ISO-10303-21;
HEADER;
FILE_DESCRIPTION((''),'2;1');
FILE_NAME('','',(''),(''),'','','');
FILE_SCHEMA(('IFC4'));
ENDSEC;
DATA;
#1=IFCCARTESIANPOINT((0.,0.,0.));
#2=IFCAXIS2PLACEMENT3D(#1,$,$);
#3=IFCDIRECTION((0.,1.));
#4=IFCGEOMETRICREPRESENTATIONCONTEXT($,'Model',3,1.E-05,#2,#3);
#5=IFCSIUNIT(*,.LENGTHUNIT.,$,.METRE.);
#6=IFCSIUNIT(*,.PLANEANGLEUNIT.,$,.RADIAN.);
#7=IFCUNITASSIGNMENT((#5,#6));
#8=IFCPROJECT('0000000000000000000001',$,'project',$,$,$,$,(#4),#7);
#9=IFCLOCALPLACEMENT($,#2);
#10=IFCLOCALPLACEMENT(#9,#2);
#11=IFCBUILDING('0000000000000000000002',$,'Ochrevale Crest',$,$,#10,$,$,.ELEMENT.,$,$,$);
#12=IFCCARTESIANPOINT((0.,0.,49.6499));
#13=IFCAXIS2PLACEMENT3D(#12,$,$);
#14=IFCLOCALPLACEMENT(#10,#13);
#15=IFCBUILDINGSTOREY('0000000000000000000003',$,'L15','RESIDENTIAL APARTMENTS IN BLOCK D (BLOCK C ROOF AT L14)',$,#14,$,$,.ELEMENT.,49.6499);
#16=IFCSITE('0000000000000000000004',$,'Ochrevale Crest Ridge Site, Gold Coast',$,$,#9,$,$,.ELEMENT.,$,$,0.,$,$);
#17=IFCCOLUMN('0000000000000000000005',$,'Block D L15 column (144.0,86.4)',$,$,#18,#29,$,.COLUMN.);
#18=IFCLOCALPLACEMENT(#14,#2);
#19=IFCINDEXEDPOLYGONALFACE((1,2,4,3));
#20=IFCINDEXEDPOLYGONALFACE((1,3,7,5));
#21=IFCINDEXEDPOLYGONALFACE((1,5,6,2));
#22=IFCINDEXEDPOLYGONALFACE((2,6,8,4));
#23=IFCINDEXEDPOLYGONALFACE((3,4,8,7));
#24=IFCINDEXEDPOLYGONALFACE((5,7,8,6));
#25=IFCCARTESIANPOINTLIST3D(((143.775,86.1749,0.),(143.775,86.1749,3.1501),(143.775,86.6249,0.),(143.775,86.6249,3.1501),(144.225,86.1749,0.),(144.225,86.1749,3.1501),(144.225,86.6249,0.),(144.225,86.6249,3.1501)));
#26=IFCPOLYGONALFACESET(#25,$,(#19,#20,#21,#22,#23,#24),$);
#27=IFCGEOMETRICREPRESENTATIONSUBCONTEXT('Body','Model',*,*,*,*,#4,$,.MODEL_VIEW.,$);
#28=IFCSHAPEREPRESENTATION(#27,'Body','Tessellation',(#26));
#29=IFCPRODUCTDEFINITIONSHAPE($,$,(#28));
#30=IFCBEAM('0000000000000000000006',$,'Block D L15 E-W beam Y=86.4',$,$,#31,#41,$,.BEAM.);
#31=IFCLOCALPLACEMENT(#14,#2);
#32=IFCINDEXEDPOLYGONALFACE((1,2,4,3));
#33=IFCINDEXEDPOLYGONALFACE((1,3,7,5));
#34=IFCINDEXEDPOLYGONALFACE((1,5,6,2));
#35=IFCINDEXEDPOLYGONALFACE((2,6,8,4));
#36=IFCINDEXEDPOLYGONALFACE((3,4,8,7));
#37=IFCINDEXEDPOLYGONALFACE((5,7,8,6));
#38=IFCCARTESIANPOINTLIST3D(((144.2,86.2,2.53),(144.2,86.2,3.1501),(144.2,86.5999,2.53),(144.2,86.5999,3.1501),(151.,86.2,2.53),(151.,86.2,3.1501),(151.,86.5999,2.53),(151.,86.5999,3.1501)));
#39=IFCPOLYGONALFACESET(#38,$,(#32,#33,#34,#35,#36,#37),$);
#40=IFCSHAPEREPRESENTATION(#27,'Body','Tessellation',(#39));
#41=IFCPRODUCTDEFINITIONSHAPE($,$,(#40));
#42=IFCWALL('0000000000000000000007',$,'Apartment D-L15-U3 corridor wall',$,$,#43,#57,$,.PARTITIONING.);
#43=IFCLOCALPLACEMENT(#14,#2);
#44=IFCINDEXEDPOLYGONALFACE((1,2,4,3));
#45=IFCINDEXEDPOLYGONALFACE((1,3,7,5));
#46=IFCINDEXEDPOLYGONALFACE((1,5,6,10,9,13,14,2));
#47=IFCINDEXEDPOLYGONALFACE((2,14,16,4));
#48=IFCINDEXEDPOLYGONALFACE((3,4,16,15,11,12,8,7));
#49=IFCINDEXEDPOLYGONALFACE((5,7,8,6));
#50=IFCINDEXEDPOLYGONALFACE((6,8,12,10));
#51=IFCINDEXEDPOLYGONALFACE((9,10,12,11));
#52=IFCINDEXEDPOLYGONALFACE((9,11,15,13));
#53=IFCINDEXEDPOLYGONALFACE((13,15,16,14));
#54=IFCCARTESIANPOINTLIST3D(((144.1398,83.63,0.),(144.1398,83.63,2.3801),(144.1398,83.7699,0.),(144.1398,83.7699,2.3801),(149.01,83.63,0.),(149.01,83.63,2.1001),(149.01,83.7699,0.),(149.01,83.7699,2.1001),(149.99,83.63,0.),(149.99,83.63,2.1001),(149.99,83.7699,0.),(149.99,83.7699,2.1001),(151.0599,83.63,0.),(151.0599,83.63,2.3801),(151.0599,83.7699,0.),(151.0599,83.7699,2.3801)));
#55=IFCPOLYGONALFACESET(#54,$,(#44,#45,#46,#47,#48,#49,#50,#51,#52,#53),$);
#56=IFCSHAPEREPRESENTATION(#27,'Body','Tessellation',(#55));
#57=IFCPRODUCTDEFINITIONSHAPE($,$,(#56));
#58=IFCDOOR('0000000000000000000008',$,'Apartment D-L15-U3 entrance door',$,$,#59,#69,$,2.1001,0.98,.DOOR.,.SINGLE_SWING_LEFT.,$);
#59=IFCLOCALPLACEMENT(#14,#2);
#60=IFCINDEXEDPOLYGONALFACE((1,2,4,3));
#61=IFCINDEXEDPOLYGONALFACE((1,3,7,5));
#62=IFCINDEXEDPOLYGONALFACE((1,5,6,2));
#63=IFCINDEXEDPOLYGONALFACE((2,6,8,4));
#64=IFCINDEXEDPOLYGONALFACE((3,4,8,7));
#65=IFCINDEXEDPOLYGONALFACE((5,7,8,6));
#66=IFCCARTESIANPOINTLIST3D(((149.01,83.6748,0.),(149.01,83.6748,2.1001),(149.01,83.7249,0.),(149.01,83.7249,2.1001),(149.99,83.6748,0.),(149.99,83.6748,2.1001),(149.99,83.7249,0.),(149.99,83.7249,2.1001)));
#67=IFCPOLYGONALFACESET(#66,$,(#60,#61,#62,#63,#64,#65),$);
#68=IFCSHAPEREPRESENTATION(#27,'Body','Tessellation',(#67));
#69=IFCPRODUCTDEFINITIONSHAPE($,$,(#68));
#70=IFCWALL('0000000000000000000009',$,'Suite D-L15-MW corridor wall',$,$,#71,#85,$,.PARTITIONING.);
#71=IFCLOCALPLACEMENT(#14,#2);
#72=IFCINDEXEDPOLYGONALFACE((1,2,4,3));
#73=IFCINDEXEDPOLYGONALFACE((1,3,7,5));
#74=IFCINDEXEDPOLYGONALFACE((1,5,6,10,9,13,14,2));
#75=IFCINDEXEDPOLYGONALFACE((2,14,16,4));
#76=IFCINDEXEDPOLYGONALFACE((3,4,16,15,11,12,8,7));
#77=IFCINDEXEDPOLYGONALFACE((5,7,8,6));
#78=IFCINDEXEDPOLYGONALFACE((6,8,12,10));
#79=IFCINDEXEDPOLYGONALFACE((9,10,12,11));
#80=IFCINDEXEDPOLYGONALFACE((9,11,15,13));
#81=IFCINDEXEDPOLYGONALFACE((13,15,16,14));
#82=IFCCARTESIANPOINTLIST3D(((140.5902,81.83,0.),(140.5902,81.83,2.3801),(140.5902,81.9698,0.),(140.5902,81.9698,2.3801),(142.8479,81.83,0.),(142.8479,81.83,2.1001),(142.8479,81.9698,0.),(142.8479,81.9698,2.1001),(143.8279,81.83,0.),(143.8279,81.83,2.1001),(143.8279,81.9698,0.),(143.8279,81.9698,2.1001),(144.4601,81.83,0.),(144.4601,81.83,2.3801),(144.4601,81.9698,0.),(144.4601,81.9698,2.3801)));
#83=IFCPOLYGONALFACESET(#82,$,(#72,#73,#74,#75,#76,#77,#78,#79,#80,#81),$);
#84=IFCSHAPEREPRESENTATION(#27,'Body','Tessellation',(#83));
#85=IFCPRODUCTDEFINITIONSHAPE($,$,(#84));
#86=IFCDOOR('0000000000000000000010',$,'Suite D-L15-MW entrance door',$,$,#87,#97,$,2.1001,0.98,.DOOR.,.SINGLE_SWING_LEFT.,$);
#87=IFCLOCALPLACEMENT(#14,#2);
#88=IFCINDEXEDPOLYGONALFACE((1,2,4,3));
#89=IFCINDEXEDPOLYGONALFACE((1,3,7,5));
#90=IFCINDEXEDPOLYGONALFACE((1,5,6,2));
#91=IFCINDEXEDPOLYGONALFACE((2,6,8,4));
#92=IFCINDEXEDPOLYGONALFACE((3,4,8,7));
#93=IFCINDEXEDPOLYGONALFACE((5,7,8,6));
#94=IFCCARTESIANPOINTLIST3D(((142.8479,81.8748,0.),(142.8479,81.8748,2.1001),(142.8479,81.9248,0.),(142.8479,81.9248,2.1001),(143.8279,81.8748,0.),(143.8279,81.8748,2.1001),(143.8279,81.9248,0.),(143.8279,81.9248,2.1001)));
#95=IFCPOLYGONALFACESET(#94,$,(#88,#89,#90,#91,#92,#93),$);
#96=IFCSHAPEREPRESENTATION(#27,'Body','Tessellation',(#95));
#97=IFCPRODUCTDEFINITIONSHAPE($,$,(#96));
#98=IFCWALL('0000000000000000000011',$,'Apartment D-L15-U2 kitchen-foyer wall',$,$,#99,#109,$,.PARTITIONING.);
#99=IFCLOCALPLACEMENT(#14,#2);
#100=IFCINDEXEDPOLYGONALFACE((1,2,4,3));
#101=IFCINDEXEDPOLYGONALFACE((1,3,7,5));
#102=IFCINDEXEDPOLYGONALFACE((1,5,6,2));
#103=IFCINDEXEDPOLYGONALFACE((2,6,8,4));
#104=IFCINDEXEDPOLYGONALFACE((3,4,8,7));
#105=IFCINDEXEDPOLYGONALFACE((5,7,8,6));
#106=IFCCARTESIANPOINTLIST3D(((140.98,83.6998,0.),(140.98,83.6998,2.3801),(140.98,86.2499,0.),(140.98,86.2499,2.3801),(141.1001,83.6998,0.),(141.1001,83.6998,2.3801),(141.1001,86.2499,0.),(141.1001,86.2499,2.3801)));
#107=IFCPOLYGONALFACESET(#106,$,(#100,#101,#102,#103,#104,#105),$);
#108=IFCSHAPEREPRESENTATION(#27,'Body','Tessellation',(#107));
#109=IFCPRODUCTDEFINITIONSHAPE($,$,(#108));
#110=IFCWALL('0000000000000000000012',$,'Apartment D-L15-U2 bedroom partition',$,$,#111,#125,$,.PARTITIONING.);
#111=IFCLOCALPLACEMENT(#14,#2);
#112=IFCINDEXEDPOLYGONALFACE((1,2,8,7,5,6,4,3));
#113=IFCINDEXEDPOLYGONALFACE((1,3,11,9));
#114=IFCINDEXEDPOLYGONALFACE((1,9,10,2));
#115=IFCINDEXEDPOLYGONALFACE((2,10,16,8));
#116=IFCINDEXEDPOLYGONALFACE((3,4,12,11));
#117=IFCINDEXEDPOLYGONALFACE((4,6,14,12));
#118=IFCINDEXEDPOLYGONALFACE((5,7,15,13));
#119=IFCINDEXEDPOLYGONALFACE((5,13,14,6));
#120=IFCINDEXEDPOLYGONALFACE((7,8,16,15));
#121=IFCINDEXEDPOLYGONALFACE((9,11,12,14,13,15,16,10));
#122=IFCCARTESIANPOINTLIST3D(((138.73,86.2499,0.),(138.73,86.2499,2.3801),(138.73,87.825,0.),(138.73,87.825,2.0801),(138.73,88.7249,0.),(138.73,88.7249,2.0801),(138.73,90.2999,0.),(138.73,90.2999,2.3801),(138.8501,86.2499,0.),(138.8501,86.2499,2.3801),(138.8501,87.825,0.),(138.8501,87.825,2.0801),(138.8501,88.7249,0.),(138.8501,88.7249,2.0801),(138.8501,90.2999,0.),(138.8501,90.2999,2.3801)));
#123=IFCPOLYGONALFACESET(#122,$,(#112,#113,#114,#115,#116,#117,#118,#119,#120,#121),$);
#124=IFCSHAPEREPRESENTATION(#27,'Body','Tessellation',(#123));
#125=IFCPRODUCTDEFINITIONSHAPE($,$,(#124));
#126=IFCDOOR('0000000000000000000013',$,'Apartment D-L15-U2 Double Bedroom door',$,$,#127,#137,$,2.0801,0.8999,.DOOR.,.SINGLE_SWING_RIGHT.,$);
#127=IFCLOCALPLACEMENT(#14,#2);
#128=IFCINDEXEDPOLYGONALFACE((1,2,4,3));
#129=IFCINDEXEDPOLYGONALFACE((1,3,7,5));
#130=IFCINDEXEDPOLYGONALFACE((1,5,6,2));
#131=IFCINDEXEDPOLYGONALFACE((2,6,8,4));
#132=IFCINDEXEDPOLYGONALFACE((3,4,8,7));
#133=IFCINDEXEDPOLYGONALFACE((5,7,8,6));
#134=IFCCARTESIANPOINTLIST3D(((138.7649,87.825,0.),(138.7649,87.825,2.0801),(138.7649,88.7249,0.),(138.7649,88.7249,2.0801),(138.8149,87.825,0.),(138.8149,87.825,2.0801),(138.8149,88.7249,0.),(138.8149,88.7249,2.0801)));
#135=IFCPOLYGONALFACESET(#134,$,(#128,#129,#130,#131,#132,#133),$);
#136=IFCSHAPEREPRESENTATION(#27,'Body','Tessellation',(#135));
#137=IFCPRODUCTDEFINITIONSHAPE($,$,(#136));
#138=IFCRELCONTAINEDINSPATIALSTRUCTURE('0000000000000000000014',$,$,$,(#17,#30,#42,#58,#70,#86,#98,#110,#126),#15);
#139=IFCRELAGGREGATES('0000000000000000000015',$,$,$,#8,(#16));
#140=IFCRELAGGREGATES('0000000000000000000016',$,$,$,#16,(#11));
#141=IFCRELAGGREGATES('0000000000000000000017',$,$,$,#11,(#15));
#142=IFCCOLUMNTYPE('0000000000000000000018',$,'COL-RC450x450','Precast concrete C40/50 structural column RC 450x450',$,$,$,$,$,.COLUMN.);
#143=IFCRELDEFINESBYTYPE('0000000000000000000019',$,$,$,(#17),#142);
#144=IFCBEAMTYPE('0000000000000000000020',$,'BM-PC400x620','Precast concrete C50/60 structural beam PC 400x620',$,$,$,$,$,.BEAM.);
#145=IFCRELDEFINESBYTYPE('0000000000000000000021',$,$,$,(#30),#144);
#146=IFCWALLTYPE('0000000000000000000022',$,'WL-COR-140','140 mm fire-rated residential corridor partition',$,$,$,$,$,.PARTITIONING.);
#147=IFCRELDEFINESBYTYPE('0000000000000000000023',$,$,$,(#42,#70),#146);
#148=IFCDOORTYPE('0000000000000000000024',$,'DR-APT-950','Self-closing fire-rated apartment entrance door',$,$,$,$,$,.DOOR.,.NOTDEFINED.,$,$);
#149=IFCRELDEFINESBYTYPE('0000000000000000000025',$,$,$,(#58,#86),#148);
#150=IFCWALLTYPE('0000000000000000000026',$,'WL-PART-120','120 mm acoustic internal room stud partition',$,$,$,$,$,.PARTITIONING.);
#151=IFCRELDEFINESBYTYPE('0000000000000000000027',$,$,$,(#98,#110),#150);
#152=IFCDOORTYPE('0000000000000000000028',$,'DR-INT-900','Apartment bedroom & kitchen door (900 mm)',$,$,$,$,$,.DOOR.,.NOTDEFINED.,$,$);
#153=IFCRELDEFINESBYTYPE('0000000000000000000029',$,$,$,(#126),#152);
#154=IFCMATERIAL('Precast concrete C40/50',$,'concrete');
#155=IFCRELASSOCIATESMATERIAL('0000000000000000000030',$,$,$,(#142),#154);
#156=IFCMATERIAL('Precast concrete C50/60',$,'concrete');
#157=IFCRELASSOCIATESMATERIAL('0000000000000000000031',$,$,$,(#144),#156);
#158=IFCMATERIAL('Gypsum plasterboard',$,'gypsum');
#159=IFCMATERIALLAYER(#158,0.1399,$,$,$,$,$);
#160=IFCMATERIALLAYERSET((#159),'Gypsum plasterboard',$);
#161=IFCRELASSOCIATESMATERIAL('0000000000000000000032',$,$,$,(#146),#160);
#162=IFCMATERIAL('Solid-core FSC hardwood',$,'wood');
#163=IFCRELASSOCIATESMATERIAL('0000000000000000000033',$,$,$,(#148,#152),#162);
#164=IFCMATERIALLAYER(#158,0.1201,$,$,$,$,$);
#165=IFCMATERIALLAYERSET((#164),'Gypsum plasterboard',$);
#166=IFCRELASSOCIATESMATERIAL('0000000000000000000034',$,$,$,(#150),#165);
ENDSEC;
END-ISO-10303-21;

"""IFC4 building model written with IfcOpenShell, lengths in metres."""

from ifc_helpers import new_model, si_unit, direction, frame, frame_2d, origin, origin_2d, place, context, subcontext, project, spatial, rectangle, extrude, material, layer, layer_set, material_profile, profile_set, type_object, element, fill, save


model = new_model("IFC4")

# Units and contexts
model_context = context("Model", 3, precision=1e-05, world=origin(), true_north=direction((0.0, 1.0)))
body_context = subcontext(model_context, "Body", "Model", "MODEL_VIEW")
ifc_project = project(units=[si_unit("LENGTHUNIT", "METRE"), si_unit("PLANEANGLEUNIT", "RADIAN")], contexts=[model_context])

# Site, building, storey
site_placement = place(None, origin())
site = spatial("IfcSite", under=ifc_project, at=site_placement, Name="Ochrevale Crest Ridge Site, Gold Coast", CompositionType="ELEMENT", RefElevation=0.0)
building_placement = place(site_placement, origin())
building = spatial("IfcBuilding", under=site, at=building_placement, Name="Ochrevale Crest", CompositionType="ELEMENT")
storey_placement = place(building_placement, frame((0.0, 0.0, 49.6499)))
storey = spatial("IfcBuildingStorey", under=building, at=storey_placement, Name="L15", Description="RESIDENTIAL APARTMENTS IN BLOCK D (BLOCK C ROOF AT L14)", CompositionType="ELEMENT", Elevation=49.6499)

# Column
ifc_material_1 = material(Name="Precast concrete C40/50", Category="concrete")
ifc_material_profile_1 = material_profile(ifc_material_1, rectangle(XDim=0.45, YDim=0.45, at=origin_2d()), Name="RC 450x450")
ifc_profile_set_1 = profile_set([ifc_material_profile_1], Name="Precast concrete C40/50")
column_type = type_object("IfcColumnType", Name="COL-RC450x450", Description="Precast concrete C40/50 structural column RC 450x450", PredefinedType="COLUMN", material=ifc_profile_set_1)
column_placement = place(storey_placement, frame((144.0, 86.3999, 0.0), z_axis=(0.0, 0.0, 1.0), x_axis=(1.0, 0.0, 0.0)))
element("IfcColumn", 1, at=column_placement, inside=storey, type_object=column_type, Name="Block D L15 column (144.0,86.4)", PredefinedType="COLUMN", context=body_context, shape_type="SweptSolid", body=[
    extrude(rectangle(XDim=0.45, YDim=0.45, at=origin_2d()), origin(), (0.0, 0.0, 1.0), 3.1501),
])

# Beam
ifc_material_2 = material(Name="Precast concrete C50/60", Category="concrete")
ifc_material_profile_2 = material_profile(ifc_material_2, rectangle(XDim=0.3999, YDim=0.6201, at=origin_2d()), Name="PC 400x620")
ifc_profile_set_2 = profile_set([ifc_material_profile_2], Name="Precast concrete C50/60")
beam_type = type_object("IfcBeamType", Name="BM-PC400x620", Description="Precast concrete C50/60 structural beam PC 400x620", PredefinedType="BEAM", material=ifc_profile_set_2)
beam_placement = place(storey_placement, frame((144.2, 86.3999, 2.8401), z_axis=(1.0, 0.0, 0.0), x_axis=(0.0, 1.0, 0.0)))
element("IfcBeam", 2, at=beam_placement, inside=storey, type_object=beam_type, Name="Block D L15 E-W beam Y=86.4", PredefinedType="BEAM", context=body_context, shape_type="SweptSolid", body=[
    extrude(rectangle(XDim=0.3999, YDim=0.6201, at=origin_2d()), origin(), (0.0, 0.0, 1.0), 6.8),
])

# Walls, openings, doors
ifc_material_3 = material(Name="Gypsum plasterboard", Category="gypsum")
ifc_layer_1 = layer(ifc_material_3, 0.1399)
ifc_layer_set_1 = layer_set([ifc_layer_1], Name="Gypsum plasterboard")
wall_type_1 = type_object("IfcWallType", Name="WL-COR-140", Description="140 mm fire-rated residential corridor partition", PredefinedType="PARTITIONING", material=ifc_layer_set_1)
wall_1_placement = place(storey_placement, frame((144.1399, 83.7, 0.0), z_axis=(0.0, 0.0, 1.0), x_axis=(1.0, 0.0, 0.0)))
wall_1 = element("IfcWall", 3, at=wall_1_placement, inside=storey, type_object=wall_type_1, Name="Apartment D-L15-U3 corridor wall", PredefinedType="PARTITIONING", context=body_context, shape_type="SweptSolid", body=[
    extrude(rectangle(XDim=6.9202, YDim=0.1399, at=frame_2d((3.46, 0.0))), origin(), (0.0, 0.0, 1.0), 2.3801),
])
opening_1_placement = place(wall_1_placement, frame((4.8701, 0.0, 0.0)))
opening_1 = element("IfcOpeningElement", 4, at=opening_1_placement, cuts=wall_1, PredefinedType="OPENING", context=body_context, shape_type="SweptSolid", body=[
    extrude(rectangle(XDim=0.98, YDim=2.1001, at=frame_2d((0.49, 1.05))), frame((0.0, 0.0801, 0.0), z_axis=(0.0, -1.0, 0.0), x_axis=(1.0, 0.0, 0.0)), (0.0, 0.0, 1.0), 0.1599),
])
ifc_material_4 = material(Name="Solid-core FSC hardwood", Category="wood")
door_type_1 = type_object("IfcDoorType", Name="DR-APT-950", Description="Self-closing fire-rated apartment entrance door", OperationType="NOTDEFINED", PredefinedType="DOOR", material=ifc_material_4)
door_1_placement = place(opening_1_placement, origin())
door_1 = element("IfcDoor", 5, at=door_1_placement, inside=storey, type_object=door_type_1, Name="Apartment D-L15-U3 entrance door", OperationType="SINGLE_SWING_LEFT", OverallHeight=2.1001, OverallWidth=0.98, PredefinedType="DOOR", context=body_context, shape_type="SweptSolid", body=[
    extrude(rectangle(XDim=0.98, YDim=2.1001, at=frame_2d((0.49, 1.05))), frame((0.0, 0.0249, 0.0), z_axis=(0.0, -1.0, 0.0), x_axis=(1.0, 0.0, 0.0)), (0.0, 0.0, 1.0), 0.05),
])
fill(opening_1, door_1)
wall_2_placement = place(storey_placement, frame((140.5901, 81.8999, 0.0), z_axis=(0.0, 0.0, 1.0), x_axis=(1.0, 0.0, 0.0)))
wall_2 = element("IfcWall", 6, at=wall_2_placement, inside=storey, type_object=wall_type_1, Name="Suite D-L15-MW corridor wall", PredefinedType="PARTITIONING", context=body_context, shape_type="SweptSolid", body=[
    extrude(rectangle(XDim=3.8699, YDim=0.1399, at=frame_2d((1.9351, 0.0))), origin(), (0.0, 0.0, 1.0), 2.3801),
])
opening_2_placement = place(wall_2_placement, frame((2.2578, 0.0, 0.0)))
opening_2 = element("IfcOpeningElement", 7, at=opening_2_placement, cuts=wall_2, PredefinedType="OPENING", context=body_context, shape_type="SweptSolid", body=[
    extrude(rectangle(XDim=0.98, YDim=2.1001, at=frame_2d((0.49, 1.05))), frame((0.0, 0.0801, 0.0), z_axis=(0.0, -1.0, 0.0), x_axis=(1.0, 0.0, 0.0)), (0.0, 0.0, 1.0), 0.1599),
])
door_2_placement = place(opening_2_placement, origin())
door_2 = element("IfcDoor", 8, at=door_2_placement, inside=storey, type_object=door_type_1, Name="Suite D-L15-MW entrance door", OperationType="SINGLE_SWING_LEFT", OverallHeight=2.1001, OverallWidth=0.98, PredefinedType="DOOR", context=body_context, shape_type="SweptSolid", body=[
    extrude(rectangle(XDim=0.98, YDim=2.1001, at=frame_2d((0.49, 1.05))), frame((0.0, 0.0249, 0.0), z_axis=(0.0, -1.0, 0.0), x_axis=(1.0, 0.0, 0.0)), (0.0, 0.0, 1.0), 0.05),
])
fill(opening_2, door_2)

# Wall
ifc_layer_2 = layer(ifc_material_3, 0.1201)
ifc_layer_set_2 = layer_set([ifc_layer_2], Name="Gypsum plasterboard")
wall_type_2 = type_object("IfcWallType", Name="WL-PART-120", Description="120 mm acoustic internal room stud partition", PredefinedType="PARTITIONING", material=ifc_layer_set_2)
wall_3_placement = place(storey_placement, frame((141.04, 83.7, 0.0), z_axis=(0.0, 0.0, 1.0), x_axis=(0.0, 1.0, 0.0)))
element("IfcWall", 9, at=wall_3_placement, inside=storey, type_object=wall_type_2, Name="Apartment D-L15-U2 kitchen-foyer wall", PredefinedType="PARTITIONING", context=body_context, shape_type="SweptSolid", body=[
    extrude(rectangle(XDim=2.55, YDim=0.1201, at=frame_2d((1.2749, 0.0))), origin(), (0.0, 0.0, 1.0), 2.3801),
])

# Wall, opening, door
wall_4_placement = place(storey_placement, frame((138.79, 86.25, 0.0), z_axis=(0.0, 0.0, 1.0), x_axis=(0.0, 1.0, 0.0)))
wall_4 = element("IfcWall", 10, at=wall_4_placement, inside=storey, type_object=wall_type_2, Name="Apartment D-L15-U2 bedroom partition", PredefinedType="PARTITIONING", context=body_context, shape_type="SweptSolid", body=[
    extrude(rectangle(XDim=4.05, YDim=0.1201, at=frame_2d((2.0249, 0.0))), origin(), (0.0, 0.0, 1.0), 2.3801),
])
opening_3_placement = place(wall_4_placement, frame((2.4749, 0.0, 0.0), z_axis=(0.0, 0.0, 1.0), x_axis=(-1.0, 0.0, 0.0)))
opening_3 = element("IfcOpeningElement", 11, at=opening_3_placement, cuts=wall_4, PredefinedType="OPENING", context=body_context, shape_type="SweptSolid", body=[
    extrude(rectangle(XDim=0.8999, YDim=2.0801, at=frame_2d((0.45, 1.04))), frame((0.0, 0.0701, 0.0), z_axis=(0.0, -1.0, 0.0), x_axis=(1.0, 0.0, 0.0)), (0.0, 0.0, 1.0), 0.1401),
])
door_type_2 = type_object("IfcDoorType", Name="DR-INT-900", Description="Apartment bedroom & kitchen door (900 mm)", OperationType="NOTDEFINED", PredefinedType="DOOR", material=ifc_material_4)
door_3_placement = place(opening_3_placement, origin())
door_3 = element("IfcDoor", 12, at=door_3_placement, inside=storey, type_object=door_type_2, Name="Apartment D-L15-U2 Double Bedroom door", OperationType="SINGLE_SWING_RIGHT", OverallHeight=2.0801, OverallWidth=0.8999, PredefinedType="DOOR", context=body_context, shape_type="SweptSolid", body=[
    extrude(rectangle(XDim=0.8999, YDim=2.0801, at=frame_2d((0.45, 1.04))), frame((0.0, 0.0249, 0.0), z_axis=(0.0, -1.0, 0.0), x_axis=(1.0, 0.0, 0.0)), (0.0, 0.0, 1.0), 0.05),
])
fill(opening_3, door_3)

save(model, "model.ifc")
